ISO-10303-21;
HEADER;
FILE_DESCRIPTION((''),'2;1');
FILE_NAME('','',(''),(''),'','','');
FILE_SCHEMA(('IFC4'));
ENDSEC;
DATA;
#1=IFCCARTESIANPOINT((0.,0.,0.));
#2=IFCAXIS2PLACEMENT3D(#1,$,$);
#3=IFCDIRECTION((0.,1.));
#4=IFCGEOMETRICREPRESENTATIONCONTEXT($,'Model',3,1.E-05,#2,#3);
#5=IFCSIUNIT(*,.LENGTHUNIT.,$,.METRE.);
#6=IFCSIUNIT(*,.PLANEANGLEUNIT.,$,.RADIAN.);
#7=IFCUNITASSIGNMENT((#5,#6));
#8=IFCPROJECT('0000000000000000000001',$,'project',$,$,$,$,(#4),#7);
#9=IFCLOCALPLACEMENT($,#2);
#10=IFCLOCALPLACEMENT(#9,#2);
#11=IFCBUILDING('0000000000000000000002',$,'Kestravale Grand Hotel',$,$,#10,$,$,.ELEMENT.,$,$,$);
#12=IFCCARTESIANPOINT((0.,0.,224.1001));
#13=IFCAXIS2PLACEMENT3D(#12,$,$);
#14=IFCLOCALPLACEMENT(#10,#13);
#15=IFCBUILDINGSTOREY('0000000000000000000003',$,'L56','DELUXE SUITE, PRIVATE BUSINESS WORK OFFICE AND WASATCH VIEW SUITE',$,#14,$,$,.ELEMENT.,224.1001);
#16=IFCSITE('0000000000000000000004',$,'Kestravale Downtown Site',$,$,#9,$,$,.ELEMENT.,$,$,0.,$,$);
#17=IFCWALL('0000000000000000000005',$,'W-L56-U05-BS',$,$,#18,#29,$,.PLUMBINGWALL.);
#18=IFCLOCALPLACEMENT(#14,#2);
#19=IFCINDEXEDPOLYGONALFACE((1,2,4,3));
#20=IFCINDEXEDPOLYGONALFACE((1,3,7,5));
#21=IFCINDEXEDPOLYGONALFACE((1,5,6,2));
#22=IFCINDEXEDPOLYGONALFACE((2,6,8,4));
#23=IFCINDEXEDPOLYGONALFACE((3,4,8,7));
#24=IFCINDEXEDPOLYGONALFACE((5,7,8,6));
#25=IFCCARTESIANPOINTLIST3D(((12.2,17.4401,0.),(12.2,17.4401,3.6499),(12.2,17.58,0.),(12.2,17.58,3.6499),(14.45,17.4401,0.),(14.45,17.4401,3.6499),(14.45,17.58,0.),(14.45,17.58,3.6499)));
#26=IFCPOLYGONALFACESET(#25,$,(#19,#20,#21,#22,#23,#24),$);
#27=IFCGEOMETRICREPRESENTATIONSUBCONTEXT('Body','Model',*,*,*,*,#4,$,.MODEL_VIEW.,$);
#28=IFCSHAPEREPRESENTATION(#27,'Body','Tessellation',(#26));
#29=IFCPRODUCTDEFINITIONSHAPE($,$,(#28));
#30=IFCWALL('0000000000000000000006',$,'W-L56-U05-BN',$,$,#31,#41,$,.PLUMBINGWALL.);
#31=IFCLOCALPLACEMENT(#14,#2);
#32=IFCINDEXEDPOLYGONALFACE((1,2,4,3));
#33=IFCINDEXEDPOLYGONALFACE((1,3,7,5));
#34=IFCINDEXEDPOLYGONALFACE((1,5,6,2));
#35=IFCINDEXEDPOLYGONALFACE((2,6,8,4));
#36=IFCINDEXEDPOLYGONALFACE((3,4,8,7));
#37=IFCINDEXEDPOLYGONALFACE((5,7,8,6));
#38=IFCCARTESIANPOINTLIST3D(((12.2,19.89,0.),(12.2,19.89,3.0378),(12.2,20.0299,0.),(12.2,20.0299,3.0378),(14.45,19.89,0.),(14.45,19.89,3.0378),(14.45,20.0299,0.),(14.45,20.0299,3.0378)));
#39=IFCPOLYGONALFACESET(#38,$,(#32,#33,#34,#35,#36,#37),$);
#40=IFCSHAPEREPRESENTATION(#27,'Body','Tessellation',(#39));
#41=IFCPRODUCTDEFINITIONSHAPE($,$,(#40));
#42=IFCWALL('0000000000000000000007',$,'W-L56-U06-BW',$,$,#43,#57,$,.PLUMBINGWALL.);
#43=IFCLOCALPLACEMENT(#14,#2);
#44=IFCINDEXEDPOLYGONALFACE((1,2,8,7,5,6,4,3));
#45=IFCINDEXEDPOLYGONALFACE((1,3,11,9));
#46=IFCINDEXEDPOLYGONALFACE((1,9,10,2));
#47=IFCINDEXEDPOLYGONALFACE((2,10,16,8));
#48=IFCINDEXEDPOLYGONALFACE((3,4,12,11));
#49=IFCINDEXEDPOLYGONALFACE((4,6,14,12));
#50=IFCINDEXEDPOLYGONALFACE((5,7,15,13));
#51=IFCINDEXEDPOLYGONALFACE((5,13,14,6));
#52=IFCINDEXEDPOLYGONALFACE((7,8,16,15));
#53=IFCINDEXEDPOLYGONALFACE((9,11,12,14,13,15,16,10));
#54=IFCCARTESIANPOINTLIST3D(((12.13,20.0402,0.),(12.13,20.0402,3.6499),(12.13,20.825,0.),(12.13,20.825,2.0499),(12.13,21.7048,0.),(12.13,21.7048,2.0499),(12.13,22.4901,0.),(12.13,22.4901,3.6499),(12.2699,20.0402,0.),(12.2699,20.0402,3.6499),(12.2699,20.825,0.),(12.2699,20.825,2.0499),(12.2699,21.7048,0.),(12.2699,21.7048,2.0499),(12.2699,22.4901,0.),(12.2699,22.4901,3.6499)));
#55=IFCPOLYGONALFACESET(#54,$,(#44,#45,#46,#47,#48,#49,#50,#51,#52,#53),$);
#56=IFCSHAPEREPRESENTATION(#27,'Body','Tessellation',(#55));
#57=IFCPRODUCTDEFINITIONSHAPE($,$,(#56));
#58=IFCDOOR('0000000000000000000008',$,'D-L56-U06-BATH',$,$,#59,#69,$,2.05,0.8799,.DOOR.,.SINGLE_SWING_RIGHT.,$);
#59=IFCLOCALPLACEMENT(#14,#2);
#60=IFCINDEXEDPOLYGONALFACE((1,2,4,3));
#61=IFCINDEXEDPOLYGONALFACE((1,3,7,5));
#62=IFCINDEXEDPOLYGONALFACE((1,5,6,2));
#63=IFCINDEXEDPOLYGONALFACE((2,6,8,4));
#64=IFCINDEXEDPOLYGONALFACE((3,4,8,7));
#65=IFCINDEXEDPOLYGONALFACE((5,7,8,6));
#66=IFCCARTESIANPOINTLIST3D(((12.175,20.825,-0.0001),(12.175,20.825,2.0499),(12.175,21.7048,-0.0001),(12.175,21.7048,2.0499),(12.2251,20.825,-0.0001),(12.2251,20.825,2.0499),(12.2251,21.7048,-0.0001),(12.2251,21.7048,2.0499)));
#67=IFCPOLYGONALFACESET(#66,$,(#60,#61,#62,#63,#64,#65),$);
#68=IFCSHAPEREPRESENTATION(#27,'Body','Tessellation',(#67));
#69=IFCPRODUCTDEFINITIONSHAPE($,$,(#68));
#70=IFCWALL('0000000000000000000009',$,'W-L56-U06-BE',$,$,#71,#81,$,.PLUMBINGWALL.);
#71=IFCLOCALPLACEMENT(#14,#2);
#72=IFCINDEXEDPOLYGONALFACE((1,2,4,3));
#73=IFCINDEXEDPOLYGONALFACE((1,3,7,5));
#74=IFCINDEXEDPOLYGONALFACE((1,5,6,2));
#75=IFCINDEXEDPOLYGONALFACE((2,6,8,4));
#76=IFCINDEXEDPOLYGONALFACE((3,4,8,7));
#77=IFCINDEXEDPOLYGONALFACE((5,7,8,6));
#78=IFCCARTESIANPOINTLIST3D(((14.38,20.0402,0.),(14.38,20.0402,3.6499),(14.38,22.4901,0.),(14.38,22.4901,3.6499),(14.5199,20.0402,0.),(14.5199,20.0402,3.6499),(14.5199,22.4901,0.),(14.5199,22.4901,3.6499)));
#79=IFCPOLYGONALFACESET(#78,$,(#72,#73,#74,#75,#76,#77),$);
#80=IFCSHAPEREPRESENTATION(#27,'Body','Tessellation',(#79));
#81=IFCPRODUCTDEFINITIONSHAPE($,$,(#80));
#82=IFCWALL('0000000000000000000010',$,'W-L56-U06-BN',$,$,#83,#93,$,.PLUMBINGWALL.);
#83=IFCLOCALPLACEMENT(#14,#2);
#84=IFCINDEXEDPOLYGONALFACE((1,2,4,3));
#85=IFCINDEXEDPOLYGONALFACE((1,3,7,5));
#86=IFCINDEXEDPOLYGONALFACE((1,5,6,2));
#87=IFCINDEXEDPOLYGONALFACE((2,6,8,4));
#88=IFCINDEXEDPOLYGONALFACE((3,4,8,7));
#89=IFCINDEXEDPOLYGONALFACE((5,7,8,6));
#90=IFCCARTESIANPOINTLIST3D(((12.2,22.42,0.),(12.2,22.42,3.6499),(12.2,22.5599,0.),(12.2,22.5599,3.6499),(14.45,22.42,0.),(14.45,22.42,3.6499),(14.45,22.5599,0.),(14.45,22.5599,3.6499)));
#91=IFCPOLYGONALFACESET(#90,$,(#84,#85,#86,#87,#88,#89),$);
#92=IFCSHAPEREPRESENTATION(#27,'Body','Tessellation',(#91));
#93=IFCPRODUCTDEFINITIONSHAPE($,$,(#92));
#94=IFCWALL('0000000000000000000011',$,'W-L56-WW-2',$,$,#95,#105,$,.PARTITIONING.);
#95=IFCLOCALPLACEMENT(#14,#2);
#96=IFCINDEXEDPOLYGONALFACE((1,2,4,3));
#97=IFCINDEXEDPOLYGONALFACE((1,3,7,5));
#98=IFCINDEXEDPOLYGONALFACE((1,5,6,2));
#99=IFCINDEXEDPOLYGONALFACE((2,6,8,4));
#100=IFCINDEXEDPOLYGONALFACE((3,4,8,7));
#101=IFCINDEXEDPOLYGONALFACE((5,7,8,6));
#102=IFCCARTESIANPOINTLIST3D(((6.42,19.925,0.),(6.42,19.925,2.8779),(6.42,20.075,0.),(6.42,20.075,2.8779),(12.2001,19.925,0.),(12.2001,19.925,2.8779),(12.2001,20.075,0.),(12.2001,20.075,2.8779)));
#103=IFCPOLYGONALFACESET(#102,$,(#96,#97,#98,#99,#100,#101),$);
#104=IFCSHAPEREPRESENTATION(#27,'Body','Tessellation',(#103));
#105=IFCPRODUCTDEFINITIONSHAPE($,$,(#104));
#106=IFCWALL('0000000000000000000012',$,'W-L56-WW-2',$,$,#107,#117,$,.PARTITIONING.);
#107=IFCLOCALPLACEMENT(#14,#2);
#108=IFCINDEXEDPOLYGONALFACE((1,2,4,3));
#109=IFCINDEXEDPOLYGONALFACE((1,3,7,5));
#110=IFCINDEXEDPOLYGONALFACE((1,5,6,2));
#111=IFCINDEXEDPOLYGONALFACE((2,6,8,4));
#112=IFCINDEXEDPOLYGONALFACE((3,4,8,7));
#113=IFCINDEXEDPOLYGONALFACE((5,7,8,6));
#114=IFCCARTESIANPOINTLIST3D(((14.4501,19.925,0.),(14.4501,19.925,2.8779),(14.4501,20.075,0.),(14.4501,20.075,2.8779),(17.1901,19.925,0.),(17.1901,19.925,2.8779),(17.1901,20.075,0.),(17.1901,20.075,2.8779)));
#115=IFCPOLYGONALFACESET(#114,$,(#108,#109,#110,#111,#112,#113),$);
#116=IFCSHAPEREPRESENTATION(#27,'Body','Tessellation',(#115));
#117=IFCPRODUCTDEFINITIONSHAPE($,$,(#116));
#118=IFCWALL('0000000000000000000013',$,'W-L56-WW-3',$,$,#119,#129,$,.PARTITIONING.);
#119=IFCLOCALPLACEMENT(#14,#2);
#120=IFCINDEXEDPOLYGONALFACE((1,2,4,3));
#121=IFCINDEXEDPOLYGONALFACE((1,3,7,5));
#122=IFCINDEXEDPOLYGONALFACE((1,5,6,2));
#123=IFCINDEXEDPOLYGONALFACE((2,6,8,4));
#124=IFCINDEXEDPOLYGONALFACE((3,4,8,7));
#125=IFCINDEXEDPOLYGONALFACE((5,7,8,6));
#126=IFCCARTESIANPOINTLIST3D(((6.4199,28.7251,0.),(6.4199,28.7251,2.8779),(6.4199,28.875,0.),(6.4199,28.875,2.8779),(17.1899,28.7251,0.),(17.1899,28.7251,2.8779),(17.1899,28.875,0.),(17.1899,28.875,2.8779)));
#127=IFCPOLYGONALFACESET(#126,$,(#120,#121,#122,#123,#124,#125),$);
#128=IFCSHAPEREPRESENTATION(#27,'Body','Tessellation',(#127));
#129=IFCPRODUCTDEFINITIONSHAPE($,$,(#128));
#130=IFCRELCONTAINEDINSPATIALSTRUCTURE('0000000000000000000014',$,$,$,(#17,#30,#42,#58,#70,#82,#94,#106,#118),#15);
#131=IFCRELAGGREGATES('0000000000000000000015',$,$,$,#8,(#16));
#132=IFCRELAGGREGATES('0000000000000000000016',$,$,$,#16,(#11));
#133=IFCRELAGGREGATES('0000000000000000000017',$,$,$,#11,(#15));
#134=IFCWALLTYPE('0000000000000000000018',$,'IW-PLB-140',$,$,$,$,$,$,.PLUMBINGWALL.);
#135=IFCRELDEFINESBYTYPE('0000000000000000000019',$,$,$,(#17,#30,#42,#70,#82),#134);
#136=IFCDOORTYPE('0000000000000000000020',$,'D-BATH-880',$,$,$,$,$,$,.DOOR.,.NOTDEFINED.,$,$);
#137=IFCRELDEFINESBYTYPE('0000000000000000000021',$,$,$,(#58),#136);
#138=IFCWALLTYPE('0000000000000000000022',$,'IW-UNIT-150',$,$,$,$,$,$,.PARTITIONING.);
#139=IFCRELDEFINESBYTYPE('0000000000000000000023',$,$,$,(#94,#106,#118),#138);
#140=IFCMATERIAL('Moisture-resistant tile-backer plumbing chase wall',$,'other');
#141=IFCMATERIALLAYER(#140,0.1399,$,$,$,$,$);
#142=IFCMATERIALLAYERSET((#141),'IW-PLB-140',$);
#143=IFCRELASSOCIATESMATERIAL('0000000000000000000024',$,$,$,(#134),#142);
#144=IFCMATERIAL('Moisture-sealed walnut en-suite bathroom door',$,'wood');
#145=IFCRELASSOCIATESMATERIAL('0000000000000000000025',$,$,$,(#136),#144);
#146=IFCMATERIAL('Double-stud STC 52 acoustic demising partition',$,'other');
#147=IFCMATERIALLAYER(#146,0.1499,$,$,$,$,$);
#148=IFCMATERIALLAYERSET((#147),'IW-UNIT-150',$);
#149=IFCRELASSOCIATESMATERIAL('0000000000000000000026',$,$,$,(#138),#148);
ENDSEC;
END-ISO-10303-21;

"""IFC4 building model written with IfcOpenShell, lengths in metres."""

from ifc_helpers import new_model, si_unit, direction, frame, frame_2d, origin, place, context, subcontext, project, spatial, rectangle, extrude, material, layer, layer_set, type_object, element, fill, save


model = new_model("IFC4")

# Units and contexts
model_context = context("Model", 3, precision=1e-05, world=origin(), true_north=direction((0.0, 1.0)))
body_context = subcontext(model_context, "Body", "Model", "MODEL_VIEW")
ifc_project = project(units=[si_unit("LENGTHUNIT", "METRE"), si_unit("PLANEANGLEUNIT", "RADIAN")], contexts=[model_context])

# Site, building, storey
site_placement = place(None, origin())
site = spatial("IfcSite", under=ifc_project, at=site_placement, Name="Kestravale Downtown Site", CompositionType="ELEMENT", RefElevation=0.0)
building_placement = place(site_placement, origin())
building = spatial("IfcBuilding", under=site, at=building_placement, Name="Kestravale Grand Hotel", CompositionType="ELEMENT")
storey_placement = place(building_placement, frame((0.0, 0.0, 224.1001)))
storey = spatial("IfcBuildingStorey", under=building, at=storey_placement, Name="L56", Description="DELUXE SUITE, PRIVATE BUSINESS WORK OFFICE AND WASATCH VIEW SUITE", CompositionType="ELEMENT", Elevation=224.1001)

# Shared definitions
ifc_material_1 = material(Name="Moisture-resistant tile-backer plumbing chase wall", Category="other")
ifc_layer_1 = layer(ifc_material_1, 0.1399)
ifc_layer_set_1 = layer_set([ifc_layer_1], Name="IW-PLB-140")
wall_type_1 = type_object("IfcWallType", Name="IW-PLB-140", PredefinedType="PLUMBINGWALL", material=ifc_layer_set_1)
ifc_material_2 = material(Name="Moisture-sealed walnut en-suite bathroom door", Category="wood")
door_type = type_object("IfcDoorType", Name="D-BATH-880", OperationType="NOTDEFINED", PredefinedType="DOOR", material=ifc_material_2)

# Walls
wall_1_placement = place(storey_placement, frame((12.2, 17.51, 0.0), z_axis=(0.0, 0.0, 1.0), x_axis=(1.0, 0.0, 0.0)))
element("IfcWall", 1, at=wall_1_placement, inside=storey, type_object=wall_type_1, Name="W-L56-U05-BS", PredefinedType="PLUMBINGWALL", context=body_context, shape_type="SweptSolid", body=[
    extrude(rectangle(XDim=2.25, YDim=0.1399, at=frame_2d((1.125, 0.0))), origin(), (0.0, 0.0, 1.0), 3.6499),
])
wall_2_placement = place(storey_placement, frame((12.2, 19.96, 0.0), z_axis=(0.0, 0.0, 1.0), x_axis=(1.0, 0.0, 0.0)))
element("IfcWall", 2, at=wall_2_placement, inside=storey, type_object=wall_type_1, Name="W-L56-U05-BN", PredefinedType="PLUMBINGWALL", context=body_context, shape_type="SweptSolid", body=[
    extrude(rectangle(XDim=2.25, YDim=0.1399, at=frame_2d((1.125, 0.0))), origin(), (0.0, 0.0, 1.0), 3.0378),
])

# Wall, opening, door
wall_3_placement = place(storey_placement, frame((12.2, 20.04, 0.0), z_axis=(0.0, 0.0, 1.0), x_axis=(0.0, 1.0, 0.0)))
wall_3 = element("IfcWall", 3, at=wall_3_placement, inside=storey, type_object=wall_type_1, Name="W-L56-U06-BW", PredefinedType="PLUMBINGWALL", context=body_context, shape_type="SweptSolid", body=[
    extrude(rectangle(XDim=2.45, YDim=0.1399, at=frame_2d((1.2251, 0.0))), origin(), (0.0, 0.0, 1.0), 3.6499),
])
opening_1_placement = place(wall_3_placement, frame((0.7849, 0.0, 0.0)))
opening_1 = element("IfcOpeningElement", 4, at=opening_1_placement, cuts=wall_3, PredefinedType="OPENING", context=body_context, shape_type="SweptSolid", body=[
    extrude(rectangle(XDim=0.8799, YDim=2.05, at=frame_2d((0.4399, 1.0249))), frame((0.0, 0.0798, 0.0), z_axis=(0.0, -1.0, 0.0), x_axis=(1.0, 0.0, 0.0)), (0.0, 0.0, 1.0), 0.1599),
])
door_1_placement = place(opening_1_placement, origin())
door_1 = element("IfcDoor", 5, at=door_1_placement, inside=storey, type_object=door_type, Name="D-L56-U06-BATH", OperationType="SINGLE_SWING_RIGHT", OverallHeight=2.05, OverallWidth=0.8799, PredefinedType="DOOR", context=body_context, shape_type="SweptSolid", body=[
    extrude(rectangle(XDim=0.8799, YDim=2.05, at=frame_2d((0.4399, 1.0249))), frame((0.0, 0.0249, 0.0), z_axis=(0.0, -1.0, 0.0), x_axis=(1.0, 0.0, 0.0)), (0.0, 0.0, 1.0), 0.05),
])
fill(opening_1, door_1)

# Walls
wall_4_placement = place(storey_placement, frame((14.45, 20.04, 0.0), z_axis=(0.0, 0.0, 1.0), x_axis=(0.0, 1.0, 0.0)))
element("IfcWall", 6, at=wall_4_placement, inside=storey, type_object=wall_type_1, Name="W-L56-U06-BE", PredefinedType="PLUMBINGWALL", context=body_context, shape_type="SweptSolid", body=[
    extrude(rectangle(XDim=2.45, YDim=0.1399, at=frame_2d((1.2251, 0.0))), origin(), (0.0, 0.0, 1.0), 3.6499),
])
wall_5_placement = place(storey_placement, frame((12.2, 22.49, 0.0), z_axis=(0.0, 0.0, 1.0), x_axis=(1.0, 0.0, 0.0)))
element("IfcWall", 7, at=wall_5_placement, inside=storey, type_object=wall_type_1, Name="W-L56-U06-BN", PredefinedType="PLUMBINGWALL", context=body_context, shape_type="SweptSolid", body=[
    extrude(rectangle(XDim=2.25, YDim=0.1399, at=frame_2d((1.125, 0.0))), origin(), (0.0, 0.0, 1.0), 3.6499),
])
ifc_material_3 = material(Name="Double-stud STC 52 acoustic demising partition", Category="other")
ifc_layer_2 = layer(ifc_material_3, 0.1499)
ifc_layer_set_2 = layer_set([ifc_layer_2], Name="IW-UNIT-150")
wall_type_2 = type_object("IfcWallType", Name="IW-UNIT-150", PredefinedType="PARTITIONING", material=ifc_layer_set_2)
wall_6_placement = place(storey_placement, frame((6.4199, 20.0, 0.0), z_axis=(0.0, 0.0, 1.0), x_axis=(1.0, 0.0, 0.0)))
element("IfcWall", 8, at=wall_6_placement, inside=storey, type_object=wall_type_2, Name="W-L56-WW-2", PredefinedType="PARTITIONING", context=body_context, shape_type="SweptSolid", body=[
    extrude(rectangle(XDim=5.78, YDim=0.1499, at=frame_2d((2.8901, 0.0))), origin(), (0.0, 0.0, 1.0), 2.8779),
])
wall_7_placement = place(storey_placement, frame((14.45, 20.0, 0.0), z_axis=(0.0, 0.0, 1.0), x_axis=(1.0, 0.0, 0.0)))
element("IfcWall", 9, at=wall_7_placement, inside=storey, type_object=wall_type_2, Name="W-L56-WW-2", PredefinedType="PARTITIONING", context=body_context, shape_type="SweptSolid", body=[
    extrude(rectangle(XDim=2.74, YDim=0.1499, at=frame_2d((1.3701, 0.0))), origin(), (0.0, 0.0, 1.0), 2.8779),
])
wall_8_placement = place(storey_placement, frame((6.4199, 28.8, 0.0), z_axis=(0.0, 0.0, 1.0), x_axis=(1.0, 0.0, 0.0)))
element("IfcWall", 10, at=wall_8_placement, inside=storey, type_object=wall_type_2, Name="W-L56-WW-3", PredefinedType="PARTITIONING", context=body_context, shape_type="SweptSolid", body=[
    extrude(rectangle(XDim=10.77, YDim=0.1499, at=frame_2d((5.385, 0.0))), origin(), (0.0, 0.0, 1.0), 2.8779),
])

save(model, "model.ifc")
